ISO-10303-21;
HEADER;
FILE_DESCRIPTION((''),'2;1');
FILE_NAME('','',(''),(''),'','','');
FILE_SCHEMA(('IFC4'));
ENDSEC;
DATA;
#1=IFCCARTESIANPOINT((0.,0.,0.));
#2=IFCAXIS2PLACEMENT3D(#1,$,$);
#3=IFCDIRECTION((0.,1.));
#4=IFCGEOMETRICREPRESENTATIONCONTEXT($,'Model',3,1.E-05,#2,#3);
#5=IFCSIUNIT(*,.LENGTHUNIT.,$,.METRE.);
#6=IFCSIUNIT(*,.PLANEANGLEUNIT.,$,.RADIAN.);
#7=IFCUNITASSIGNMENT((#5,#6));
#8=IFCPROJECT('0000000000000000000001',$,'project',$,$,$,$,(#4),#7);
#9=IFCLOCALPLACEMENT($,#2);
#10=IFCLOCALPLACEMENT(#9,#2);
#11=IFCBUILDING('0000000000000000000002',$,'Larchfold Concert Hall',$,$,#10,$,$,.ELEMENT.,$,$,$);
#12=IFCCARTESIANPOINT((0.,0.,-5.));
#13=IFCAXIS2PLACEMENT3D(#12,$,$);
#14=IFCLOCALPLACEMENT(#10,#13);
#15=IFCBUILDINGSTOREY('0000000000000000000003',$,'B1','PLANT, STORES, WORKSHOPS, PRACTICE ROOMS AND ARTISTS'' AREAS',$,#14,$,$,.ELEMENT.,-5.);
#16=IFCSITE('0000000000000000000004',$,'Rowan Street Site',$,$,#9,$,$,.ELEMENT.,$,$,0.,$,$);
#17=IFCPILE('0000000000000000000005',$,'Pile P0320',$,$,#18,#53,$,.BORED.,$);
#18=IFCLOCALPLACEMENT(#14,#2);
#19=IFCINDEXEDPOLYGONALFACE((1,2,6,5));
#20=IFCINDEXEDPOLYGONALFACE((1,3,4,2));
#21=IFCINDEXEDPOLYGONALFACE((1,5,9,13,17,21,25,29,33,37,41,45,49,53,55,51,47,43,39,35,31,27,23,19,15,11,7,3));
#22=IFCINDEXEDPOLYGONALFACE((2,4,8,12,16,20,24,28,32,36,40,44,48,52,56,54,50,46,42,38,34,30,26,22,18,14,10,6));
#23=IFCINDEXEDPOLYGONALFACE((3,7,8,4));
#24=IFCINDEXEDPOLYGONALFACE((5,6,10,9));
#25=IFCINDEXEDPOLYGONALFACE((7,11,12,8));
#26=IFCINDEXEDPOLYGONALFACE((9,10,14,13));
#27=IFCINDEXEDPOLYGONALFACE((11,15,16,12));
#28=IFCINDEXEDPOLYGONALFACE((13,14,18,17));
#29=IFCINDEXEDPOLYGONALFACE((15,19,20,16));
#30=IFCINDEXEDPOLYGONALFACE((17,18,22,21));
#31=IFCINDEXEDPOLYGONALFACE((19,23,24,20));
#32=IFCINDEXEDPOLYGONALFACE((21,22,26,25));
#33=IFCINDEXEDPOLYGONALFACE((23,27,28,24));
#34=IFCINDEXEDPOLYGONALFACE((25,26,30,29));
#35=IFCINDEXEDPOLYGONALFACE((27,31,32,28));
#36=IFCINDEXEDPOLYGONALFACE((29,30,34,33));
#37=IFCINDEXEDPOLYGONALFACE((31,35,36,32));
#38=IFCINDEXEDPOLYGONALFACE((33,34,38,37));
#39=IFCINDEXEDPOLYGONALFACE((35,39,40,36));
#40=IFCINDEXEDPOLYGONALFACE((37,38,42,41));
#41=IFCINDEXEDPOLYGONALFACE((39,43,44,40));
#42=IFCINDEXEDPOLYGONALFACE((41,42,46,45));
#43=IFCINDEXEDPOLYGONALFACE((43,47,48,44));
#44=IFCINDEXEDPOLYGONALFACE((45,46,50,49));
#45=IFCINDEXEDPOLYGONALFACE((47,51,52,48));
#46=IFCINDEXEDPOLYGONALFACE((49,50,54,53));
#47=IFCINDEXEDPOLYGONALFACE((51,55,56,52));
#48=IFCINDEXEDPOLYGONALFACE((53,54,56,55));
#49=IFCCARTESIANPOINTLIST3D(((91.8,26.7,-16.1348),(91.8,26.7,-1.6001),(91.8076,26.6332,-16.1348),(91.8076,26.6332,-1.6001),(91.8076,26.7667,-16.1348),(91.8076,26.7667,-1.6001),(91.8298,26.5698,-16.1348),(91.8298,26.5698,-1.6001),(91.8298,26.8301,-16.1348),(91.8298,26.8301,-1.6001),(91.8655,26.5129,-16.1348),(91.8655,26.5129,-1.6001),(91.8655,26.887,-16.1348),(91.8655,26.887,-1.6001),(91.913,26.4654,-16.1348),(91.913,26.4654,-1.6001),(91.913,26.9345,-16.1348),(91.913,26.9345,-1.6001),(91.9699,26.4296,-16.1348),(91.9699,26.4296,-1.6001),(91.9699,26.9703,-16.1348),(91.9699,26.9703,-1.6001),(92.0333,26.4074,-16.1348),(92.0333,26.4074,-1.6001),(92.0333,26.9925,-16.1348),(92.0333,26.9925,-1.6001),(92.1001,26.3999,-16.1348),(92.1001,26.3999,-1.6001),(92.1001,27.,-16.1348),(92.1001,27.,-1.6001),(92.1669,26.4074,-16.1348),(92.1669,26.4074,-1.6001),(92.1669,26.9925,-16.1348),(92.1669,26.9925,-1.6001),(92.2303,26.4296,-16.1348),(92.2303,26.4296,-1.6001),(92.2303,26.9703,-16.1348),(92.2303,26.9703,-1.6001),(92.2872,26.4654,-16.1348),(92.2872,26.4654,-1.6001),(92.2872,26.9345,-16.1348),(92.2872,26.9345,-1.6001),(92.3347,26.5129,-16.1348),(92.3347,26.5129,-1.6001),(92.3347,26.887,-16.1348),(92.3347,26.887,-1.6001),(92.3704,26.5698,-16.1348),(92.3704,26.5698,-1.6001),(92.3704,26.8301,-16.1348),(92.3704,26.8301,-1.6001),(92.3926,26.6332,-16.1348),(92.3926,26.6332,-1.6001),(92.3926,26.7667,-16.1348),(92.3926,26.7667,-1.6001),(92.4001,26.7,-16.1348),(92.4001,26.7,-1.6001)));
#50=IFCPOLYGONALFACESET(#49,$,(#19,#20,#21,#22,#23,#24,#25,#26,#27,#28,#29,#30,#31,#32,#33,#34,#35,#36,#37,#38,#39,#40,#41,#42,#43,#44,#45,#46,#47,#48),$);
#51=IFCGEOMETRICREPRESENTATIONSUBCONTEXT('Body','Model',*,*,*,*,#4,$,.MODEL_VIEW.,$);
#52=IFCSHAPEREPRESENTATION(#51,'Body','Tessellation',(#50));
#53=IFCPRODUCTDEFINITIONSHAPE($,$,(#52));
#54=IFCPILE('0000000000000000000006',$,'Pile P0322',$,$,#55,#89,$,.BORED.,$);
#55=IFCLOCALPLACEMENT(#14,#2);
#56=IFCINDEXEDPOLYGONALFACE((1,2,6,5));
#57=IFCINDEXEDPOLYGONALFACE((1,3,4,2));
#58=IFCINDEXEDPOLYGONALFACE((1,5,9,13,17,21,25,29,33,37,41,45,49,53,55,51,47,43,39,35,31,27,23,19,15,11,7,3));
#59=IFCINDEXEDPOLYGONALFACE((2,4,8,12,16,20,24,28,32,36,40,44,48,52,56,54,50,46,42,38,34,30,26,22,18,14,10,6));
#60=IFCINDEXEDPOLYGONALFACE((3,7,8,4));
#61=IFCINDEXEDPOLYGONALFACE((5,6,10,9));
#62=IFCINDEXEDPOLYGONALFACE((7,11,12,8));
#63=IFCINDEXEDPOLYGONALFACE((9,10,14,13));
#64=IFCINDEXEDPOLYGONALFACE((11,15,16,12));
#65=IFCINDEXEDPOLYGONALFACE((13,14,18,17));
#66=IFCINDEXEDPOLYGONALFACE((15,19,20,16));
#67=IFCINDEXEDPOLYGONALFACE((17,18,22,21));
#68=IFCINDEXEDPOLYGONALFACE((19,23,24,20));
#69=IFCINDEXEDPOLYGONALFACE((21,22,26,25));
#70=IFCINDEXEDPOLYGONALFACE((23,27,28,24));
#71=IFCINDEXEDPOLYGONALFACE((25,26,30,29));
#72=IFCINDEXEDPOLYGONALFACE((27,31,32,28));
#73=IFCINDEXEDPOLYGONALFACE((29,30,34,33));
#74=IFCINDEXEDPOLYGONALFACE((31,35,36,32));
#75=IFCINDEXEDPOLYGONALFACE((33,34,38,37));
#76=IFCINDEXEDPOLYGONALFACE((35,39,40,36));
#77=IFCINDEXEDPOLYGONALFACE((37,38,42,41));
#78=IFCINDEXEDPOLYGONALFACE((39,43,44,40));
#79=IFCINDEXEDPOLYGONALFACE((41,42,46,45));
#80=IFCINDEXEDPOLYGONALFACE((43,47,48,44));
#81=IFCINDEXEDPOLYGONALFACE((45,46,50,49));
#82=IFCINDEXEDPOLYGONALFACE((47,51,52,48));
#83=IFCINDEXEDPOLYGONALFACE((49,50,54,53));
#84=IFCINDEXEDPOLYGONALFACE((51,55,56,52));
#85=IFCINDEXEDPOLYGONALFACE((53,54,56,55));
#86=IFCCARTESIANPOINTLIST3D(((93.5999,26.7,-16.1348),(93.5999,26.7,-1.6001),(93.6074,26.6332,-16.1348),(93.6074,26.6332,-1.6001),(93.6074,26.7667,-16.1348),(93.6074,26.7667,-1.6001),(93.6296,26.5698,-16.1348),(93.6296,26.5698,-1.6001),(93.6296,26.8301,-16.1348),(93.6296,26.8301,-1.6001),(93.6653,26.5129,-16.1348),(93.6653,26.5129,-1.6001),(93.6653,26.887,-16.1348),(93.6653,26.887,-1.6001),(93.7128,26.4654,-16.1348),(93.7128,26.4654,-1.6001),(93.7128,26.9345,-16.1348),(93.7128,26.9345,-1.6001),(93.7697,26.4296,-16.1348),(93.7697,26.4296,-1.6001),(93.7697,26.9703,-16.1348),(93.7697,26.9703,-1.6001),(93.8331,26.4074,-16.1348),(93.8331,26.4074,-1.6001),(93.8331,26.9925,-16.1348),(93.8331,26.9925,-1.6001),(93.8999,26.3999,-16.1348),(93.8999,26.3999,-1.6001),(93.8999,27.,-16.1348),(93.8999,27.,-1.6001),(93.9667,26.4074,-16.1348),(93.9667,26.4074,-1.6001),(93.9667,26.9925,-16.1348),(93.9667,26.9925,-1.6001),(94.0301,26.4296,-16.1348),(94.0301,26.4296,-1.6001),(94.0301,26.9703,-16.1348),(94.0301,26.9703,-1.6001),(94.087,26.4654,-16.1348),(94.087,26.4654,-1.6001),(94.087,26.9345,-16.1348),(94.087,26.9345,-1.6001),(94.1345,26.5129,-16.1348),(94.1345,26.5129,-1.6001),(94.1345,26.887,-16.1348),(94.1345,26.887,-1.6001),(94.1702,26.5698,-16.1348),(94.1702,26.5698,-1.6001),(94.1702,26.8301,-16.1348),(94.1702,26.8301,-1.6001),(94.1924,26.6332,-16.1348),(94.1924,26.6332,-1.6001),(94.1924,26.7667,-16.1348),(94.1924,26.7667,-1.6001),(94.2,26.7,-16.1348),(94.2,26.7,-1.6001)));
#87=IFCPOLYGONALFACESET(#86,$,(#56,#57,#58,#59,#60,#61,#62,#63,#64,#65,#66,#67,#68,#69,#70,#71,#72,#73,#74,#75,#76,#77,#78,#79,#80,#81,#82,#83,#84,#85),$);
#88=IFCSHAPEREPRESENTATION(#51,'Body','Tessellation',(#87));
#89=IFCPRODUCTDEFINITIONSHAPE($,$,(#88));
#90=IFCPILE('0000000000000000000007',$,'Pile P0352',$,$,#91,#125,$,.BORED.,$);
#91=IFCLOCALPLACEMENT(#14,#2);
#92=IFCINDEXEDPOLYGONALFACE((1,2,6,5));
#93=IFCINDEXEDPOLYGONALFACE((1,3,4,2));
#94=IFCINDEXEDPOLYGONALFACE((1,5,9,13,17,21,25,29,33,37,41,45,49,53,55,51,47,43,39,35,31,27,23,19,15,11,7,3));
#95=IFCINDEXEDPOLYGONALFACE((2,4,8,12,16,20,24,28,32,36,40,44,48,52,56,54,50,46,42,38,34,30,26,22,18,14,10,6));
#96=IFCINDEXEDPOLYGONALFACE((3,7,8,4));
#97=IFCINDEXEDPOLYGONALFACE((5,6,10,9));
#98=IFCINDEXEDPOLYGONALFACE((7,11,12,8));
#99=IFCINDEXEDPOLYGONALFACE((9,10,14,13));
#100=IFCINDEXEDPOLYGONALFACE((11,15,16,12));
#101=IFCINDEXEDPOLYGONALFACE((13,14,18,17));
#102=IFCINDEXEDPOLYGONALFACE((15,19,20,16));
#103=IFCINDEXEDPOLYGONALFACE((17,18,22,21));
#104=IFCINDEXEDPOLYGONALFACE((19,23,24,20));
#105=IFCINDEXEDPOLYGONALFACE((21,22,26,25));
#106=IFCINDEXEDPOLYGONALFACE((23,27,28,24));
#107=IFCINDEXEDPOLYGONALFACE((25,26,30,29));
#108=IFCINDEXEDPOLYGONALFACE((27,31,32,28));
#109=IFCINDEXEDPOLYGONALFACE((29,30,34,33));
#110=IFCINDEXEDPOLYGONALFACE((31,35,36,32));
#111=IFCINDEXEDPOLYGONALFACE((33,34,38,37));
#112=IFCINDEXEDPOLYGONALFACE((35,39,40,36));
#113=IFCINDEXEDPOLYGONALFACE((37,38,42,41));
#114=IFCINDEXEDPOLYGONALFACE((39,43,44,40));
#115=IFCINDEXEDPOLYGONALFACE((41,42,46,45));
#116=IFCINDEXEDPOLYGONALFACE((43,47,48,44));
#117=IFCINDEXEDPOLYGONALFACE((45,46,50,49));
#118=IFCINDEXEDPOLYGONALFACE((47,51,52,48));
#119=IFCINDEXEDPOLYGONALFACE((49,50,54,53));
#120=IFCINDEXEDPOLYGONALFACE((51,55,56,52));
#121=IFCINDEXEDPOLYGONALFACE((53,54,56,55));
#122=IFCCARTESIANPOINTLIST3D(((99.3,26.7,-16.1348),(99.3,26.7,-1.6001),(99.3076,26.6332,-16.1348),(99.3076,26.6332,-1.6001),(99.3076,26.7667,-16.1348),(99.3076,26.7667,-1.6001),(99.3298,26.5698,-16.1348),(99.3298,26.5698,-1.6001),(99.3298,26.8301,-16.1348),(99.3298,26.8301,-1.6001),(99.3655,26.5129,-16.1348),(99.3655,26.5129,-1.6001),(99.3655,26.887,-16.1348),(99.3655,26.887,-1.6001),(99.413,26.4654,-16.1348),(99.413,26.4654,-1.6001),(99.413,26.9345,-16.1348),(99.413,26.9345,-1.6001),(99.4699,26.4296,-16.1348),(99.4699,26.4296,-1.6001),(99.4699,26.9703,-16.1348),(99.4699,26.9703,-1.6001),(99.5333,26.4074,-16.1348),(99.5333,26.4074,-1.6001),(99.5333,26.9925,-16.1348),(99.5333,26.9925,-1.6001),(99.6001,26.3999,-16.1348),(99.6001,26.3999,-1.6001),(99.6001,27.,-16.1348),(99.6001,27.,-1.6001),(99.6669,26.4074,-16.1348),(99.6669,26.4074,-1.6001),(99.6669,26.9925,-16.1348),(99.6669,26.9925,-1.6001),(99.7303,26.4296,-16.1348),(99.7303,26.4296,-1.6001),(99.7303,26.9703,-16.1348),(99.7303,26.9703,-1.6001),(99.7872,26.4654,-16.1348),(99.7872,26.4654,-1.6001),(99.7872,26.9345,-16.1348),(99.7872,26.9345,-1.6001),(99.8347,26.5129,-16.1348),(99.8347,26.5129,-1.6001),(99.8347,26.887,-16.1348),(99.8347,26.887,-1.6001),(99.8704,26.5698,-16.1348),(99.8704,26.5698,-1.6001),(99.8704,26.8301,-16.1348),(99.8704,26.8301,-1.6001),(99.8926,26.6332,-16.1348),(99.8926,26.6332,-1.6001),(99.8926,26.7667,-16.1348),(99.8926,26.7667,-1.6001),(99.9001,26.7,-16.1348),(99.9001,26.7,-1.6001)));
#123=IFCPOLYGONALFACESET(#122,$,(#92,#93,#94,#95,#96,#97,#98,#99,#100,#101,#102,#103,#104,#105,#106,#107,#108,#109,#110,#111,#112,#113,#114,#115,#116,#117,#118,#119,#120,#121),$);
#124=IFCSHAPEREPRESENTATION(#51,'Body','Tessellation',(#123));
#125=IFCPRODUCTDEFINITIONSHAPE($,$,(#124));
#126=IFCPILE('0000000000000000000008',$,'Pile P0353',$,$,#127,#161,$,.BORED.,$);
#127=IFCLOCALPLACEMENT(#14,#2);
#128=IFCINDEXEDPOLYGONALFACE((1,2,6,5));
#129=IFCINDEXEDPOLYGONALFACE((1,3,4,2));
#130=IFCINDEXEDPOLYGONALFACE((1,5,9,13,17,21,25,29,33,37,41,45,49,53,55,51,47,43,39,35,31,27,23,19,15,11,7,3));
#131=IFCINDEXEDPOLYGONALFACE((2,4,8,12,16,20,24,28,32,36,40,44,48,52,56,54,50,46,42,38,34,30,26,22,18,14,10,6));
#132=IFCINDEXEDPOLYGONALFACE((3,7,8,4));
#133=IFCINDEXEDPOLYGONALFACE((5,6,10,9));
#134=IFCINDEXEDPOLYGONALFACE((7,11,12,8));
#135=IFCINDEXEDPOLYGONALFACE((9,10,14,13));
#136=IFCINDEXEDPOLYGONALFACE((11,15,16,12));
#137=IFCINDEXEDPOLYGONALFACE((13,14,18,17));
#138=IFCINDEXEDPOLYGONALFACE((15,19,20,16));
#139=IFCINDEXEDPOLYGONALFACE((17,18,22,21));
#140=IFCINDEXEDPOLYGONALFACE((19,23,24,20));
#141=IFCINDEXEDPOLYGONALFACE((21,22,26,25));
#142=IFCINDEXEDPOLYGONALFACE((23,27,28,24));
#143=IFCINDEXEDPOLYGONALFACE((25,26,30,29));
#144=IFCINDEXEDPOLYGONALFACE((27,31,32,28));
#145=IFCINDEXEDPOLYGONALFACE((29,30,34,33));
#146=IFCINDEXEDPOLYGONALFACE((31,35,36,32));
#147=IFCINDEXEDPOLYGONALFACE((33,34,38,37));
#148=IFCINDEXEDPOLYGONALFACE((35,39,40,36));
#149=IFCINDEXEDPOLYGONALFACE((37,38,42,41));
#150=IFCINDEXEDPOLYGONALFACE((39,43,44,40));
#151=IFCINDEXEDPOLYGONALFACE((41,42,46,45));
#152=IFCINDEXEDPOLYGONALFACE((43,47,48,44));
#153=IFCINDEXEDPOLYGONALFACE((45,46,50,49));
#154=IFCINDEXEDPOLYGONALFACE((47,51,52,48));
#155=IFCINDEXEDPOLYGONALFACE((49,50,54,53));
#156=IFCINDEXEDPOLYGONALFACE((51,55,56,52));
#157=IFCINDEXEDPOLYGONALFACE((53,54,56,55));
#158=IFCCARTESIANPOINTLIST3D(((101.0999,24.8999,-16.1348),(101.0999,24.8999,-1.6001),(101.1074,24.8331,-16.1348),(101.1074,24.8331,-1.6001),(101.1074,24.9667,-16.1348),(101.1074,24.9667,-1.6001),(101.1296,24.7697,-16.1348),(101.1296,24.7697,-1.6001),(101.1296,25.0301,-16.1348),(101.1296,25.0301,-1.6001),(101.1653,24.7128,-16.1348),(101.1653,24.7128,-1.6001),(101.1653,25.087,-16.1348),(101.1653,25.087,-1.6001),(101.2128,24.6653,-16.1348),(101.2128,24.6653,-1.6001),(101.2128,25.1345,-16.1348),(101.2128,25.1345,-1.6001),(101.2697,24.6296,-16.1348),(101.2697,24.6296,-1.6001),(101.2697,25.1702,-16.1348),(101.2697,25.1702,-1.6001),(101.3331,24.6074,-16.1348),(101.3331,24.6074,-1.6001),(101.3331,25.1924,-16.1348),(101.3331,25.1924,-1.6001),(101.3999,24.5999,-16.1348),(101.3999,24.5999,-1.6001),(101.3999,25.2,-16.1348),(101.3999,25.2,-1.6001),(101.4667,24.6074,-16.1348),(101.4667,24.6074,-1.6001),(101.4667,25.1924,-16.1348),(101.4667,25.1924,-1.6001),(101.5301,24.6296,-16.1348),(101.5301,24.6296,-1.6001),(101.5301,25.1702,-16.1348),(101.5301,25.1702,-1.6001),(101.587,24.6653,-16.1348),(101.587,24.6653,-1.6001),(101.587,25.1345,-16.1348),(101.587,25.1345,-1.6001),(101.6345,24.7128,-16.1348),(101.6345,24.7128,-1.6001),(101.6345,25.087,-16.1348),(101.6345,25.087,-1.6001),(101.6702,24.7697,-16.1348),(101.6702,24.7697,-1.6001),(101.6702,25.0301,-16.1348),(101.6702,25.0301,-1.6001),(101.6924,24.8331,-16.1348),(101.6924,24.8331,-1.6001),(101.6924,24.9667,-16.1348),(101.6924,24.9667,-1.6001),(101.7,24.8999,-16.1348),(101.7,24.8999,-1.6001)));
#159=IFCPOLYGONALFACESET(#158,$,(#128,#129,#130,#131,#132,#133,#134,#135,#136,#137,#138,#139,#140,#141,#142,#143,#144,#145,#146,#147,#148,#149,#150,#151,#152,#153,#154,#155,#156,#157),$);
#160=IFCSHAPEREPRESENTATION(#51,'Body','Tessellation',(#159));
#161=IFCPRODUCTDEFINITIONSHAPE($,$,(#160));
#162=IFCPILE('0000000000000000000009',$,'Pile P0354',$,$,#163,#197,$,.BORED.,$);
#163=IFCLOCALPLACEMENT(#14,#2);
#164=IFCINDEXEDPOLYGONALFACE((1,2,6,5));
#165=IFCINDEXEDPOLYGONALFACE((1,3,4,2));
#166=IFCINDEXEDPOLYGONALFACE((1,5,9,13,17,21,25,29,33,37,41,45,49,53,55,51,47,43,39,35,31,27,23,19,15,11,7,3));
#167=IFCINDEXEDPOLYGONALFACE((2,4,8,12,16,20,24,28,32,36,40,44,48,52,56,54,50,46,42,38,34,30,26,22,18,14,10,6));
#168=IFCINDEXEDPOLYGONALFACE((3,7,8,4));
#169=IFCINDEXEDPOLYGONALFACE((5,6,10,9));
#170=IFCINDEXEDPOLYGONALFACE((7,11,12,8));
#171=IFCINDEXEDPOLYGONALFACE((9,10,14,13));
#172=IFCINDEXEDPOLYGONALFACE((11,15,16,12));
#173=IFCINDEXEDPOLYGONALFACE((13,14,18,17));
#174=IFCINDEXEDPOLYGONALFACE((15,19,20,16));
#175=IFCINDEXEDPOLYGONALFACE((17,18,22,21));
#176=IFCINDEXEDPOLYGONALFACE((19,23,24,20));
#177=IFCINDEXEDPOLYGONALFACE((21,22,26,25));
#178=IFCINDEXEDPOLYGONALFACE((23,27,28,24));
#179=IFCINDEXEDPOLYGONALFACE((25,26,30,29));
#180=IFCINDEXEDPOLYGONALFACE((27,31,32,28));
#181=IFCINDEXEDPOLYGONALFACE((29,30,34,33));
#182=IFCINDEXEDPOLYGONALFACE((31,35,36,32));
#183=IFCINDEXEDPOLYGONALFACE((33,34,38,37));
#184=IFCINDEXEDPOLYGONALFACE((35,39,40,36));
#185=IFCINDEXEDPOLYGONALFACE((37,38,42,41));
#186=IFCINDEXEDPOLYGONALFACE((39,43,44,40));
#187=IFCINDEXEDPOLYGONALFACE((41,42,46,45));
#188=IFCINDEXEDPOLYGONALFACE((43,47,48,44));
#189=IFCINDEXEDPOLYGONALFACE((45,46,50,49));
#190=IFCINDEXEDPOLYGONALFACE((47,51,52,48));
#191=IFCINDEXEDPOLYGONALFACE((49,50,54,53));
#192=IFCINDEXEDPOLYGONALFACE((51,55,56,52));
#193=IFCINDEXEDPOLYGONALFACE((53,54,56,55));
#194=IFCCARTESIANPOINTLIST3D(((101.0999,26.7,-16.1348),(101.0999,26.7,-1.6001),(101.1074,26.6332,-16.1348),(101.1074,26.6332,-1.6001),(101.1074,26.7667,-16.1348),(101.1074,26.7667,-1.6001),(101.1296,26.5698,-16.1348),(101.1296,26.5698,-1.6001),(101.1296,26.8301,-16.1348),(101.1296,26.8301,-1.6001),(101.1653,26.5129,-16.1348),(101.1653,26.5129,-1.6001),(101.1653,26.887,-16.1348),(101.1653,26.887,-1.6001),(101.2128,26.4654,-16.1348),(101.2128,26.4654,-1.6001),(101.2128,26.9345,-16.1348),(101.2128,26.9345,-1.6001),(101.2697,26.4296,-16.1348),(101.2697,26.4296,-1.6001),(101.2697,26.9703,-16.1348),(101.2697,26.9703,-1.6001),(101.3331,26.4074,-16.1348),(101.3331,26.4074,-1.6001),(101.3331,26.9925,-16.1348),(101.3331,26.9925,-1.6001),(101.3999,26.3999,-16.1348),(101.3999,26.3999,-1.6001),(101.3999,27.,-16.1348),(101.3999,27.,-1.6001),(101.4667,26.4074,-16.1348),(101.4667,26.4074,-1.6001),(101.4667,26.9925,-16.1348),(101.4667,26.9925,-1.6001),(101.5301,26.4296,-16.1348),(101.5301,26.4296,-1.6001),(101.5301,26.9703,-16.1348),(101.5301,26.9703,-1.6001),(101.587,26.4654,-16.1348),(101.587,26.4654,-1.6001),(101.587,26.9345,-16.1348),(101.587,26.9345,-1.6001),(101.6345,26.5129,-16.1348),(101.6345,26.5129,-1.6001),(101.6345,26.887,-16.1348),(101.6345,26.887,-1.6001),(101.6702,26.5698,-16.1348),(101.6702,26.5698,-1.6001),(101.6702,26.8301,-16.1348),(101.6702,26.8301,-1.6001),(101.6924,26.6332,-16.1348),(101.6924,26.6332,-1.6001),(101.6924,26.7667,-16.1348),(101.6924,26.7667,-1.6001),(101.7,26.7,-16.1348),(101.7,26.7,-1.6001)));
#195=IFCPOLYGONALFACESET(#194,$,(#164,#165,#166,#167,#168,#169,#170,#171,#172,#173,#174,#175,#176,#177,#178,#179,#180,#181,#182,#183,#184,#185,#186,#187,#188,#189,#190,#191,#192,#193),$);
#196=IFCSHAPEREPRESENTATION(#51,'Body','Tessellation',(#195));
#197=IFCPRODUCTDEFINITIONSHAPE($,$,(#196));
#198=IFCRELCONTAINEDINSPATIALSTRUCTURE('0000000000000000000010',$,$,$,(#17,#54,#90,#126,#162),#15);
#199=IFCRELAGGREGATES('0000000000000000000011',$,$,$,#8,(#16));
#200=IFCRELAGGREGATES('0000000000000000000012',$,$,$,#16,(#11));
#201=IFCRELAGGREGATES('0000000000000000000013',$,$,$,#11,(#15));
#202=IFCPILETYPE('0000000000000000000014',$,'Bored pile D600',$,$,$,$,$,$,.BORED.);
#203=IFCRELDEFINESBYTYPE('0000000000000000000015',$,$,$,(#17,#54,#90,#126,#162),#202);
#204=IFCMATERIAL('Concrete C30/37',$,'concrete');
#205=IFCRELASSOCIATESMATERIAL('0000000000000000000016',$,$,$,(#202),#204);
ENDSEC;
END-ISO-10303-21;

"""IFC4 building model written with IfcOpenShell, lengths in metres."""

from ifc_helpers import new_model, si_unit, direction, frame, origin, origin_2d, place, context, subcontext, project, spatial, circle, extrude, material, material_profile, profile_set, type_object, element, save


model = new_model("IFC4")

# Units and contexts
model_context = context("Model", 3, precision=1e-05, world=origin(), true_north=direction((0.0, 1.0)))
body_context = subcontext(model_context, "Body", "Model", "MODEL_VIEW")
ifc_project = project(units=[si_unit("LENGTHUNIT", "METRE"), si_unit("PLANEANGLEUNIT", "RADIAN")], contexts=[model_context])

# Site, building, storey
site_placement = place(None, origin())
site = spatial("IfcSite", under=ifc_project, at=site_placement, Name="Rowan Street Site", CompositionType="ELEMENT", RefElevation=0.0)
building_placement = place(site_placement, origin())
building = spatial("IfcBuilding", under=site, at=building_placement, Name="Larchfold Concert Hall", CompositionType="ELEMENT")
storey_placement = place(building_placement, frame((0.0, 0.0, -5.0)))
storey = spatial("IfcBuildingStorey", under=building, at=storey_placement, Name="B1", Description="PLANT, STORES, WORKSHOPS, PRACTICE ROOMS AND ARTISTS' AREAS", CompositionType="ELEMENT", Elevation=-5.0)

# Piles
ifc_material_1 = material(Name="Concrete C30/37", Category="concrete")
ifc_material_profile_1 = material_profile(ifc_material_1, circle(Radius=0.3, at=origin_2d()))
ifc_profile_set_1 = profile_set([ifc_material_profile_1], Name="Concrete C30/37")
pile_type = type_object("IfcPileType", Name="Bored pile D600", PredefinedType="BORED", material=ifc_profile_set_1)
for number, where, z_axis, x_axis, name in (
    (1, (92.1001, 26.7, -1.6001), (0.0, 0.0, -1.0), (1.0, 0.0, 0.0), "Pile P0320"),
    (2, (93.8999, 26.7, -1.6001), (0.0, 0.0, -1.0), (1.0, 0.0, 0.0), "Pile P0322"),
    (3, (99.6001, 26.7, -1.6001), (0.0, 0.0, -1.0), (1.0, 0.0, 0.0), "Pile P0352"),
    (4, (101.3999, 24.8999, -1.6001), (0.0, 0.0, -1.0), (1.0, 0.0, 0.0), "Pile P0353"),
    (5, (101.3999, 26.7, -1.6001), (0.0, 0.0, -1.0), (1.0, 0.0, 0.0), "Pile P0354"),
):
    element("IfcPile", number, at=place(storey_placement, frame(where, z_axis=z_axis, x_axis=x_axis)), inside=storey, type_object=pile_type, Name=name, PredefinedType="BORED", context=body_context, shape_type="SweptSolid", body=[
        extrude(circle(Radius=0.3, at=origin_2d()), origin(), (0.0, 0.0, 1.0), 14.5347),
    ])

save(model, "model.ifc")
